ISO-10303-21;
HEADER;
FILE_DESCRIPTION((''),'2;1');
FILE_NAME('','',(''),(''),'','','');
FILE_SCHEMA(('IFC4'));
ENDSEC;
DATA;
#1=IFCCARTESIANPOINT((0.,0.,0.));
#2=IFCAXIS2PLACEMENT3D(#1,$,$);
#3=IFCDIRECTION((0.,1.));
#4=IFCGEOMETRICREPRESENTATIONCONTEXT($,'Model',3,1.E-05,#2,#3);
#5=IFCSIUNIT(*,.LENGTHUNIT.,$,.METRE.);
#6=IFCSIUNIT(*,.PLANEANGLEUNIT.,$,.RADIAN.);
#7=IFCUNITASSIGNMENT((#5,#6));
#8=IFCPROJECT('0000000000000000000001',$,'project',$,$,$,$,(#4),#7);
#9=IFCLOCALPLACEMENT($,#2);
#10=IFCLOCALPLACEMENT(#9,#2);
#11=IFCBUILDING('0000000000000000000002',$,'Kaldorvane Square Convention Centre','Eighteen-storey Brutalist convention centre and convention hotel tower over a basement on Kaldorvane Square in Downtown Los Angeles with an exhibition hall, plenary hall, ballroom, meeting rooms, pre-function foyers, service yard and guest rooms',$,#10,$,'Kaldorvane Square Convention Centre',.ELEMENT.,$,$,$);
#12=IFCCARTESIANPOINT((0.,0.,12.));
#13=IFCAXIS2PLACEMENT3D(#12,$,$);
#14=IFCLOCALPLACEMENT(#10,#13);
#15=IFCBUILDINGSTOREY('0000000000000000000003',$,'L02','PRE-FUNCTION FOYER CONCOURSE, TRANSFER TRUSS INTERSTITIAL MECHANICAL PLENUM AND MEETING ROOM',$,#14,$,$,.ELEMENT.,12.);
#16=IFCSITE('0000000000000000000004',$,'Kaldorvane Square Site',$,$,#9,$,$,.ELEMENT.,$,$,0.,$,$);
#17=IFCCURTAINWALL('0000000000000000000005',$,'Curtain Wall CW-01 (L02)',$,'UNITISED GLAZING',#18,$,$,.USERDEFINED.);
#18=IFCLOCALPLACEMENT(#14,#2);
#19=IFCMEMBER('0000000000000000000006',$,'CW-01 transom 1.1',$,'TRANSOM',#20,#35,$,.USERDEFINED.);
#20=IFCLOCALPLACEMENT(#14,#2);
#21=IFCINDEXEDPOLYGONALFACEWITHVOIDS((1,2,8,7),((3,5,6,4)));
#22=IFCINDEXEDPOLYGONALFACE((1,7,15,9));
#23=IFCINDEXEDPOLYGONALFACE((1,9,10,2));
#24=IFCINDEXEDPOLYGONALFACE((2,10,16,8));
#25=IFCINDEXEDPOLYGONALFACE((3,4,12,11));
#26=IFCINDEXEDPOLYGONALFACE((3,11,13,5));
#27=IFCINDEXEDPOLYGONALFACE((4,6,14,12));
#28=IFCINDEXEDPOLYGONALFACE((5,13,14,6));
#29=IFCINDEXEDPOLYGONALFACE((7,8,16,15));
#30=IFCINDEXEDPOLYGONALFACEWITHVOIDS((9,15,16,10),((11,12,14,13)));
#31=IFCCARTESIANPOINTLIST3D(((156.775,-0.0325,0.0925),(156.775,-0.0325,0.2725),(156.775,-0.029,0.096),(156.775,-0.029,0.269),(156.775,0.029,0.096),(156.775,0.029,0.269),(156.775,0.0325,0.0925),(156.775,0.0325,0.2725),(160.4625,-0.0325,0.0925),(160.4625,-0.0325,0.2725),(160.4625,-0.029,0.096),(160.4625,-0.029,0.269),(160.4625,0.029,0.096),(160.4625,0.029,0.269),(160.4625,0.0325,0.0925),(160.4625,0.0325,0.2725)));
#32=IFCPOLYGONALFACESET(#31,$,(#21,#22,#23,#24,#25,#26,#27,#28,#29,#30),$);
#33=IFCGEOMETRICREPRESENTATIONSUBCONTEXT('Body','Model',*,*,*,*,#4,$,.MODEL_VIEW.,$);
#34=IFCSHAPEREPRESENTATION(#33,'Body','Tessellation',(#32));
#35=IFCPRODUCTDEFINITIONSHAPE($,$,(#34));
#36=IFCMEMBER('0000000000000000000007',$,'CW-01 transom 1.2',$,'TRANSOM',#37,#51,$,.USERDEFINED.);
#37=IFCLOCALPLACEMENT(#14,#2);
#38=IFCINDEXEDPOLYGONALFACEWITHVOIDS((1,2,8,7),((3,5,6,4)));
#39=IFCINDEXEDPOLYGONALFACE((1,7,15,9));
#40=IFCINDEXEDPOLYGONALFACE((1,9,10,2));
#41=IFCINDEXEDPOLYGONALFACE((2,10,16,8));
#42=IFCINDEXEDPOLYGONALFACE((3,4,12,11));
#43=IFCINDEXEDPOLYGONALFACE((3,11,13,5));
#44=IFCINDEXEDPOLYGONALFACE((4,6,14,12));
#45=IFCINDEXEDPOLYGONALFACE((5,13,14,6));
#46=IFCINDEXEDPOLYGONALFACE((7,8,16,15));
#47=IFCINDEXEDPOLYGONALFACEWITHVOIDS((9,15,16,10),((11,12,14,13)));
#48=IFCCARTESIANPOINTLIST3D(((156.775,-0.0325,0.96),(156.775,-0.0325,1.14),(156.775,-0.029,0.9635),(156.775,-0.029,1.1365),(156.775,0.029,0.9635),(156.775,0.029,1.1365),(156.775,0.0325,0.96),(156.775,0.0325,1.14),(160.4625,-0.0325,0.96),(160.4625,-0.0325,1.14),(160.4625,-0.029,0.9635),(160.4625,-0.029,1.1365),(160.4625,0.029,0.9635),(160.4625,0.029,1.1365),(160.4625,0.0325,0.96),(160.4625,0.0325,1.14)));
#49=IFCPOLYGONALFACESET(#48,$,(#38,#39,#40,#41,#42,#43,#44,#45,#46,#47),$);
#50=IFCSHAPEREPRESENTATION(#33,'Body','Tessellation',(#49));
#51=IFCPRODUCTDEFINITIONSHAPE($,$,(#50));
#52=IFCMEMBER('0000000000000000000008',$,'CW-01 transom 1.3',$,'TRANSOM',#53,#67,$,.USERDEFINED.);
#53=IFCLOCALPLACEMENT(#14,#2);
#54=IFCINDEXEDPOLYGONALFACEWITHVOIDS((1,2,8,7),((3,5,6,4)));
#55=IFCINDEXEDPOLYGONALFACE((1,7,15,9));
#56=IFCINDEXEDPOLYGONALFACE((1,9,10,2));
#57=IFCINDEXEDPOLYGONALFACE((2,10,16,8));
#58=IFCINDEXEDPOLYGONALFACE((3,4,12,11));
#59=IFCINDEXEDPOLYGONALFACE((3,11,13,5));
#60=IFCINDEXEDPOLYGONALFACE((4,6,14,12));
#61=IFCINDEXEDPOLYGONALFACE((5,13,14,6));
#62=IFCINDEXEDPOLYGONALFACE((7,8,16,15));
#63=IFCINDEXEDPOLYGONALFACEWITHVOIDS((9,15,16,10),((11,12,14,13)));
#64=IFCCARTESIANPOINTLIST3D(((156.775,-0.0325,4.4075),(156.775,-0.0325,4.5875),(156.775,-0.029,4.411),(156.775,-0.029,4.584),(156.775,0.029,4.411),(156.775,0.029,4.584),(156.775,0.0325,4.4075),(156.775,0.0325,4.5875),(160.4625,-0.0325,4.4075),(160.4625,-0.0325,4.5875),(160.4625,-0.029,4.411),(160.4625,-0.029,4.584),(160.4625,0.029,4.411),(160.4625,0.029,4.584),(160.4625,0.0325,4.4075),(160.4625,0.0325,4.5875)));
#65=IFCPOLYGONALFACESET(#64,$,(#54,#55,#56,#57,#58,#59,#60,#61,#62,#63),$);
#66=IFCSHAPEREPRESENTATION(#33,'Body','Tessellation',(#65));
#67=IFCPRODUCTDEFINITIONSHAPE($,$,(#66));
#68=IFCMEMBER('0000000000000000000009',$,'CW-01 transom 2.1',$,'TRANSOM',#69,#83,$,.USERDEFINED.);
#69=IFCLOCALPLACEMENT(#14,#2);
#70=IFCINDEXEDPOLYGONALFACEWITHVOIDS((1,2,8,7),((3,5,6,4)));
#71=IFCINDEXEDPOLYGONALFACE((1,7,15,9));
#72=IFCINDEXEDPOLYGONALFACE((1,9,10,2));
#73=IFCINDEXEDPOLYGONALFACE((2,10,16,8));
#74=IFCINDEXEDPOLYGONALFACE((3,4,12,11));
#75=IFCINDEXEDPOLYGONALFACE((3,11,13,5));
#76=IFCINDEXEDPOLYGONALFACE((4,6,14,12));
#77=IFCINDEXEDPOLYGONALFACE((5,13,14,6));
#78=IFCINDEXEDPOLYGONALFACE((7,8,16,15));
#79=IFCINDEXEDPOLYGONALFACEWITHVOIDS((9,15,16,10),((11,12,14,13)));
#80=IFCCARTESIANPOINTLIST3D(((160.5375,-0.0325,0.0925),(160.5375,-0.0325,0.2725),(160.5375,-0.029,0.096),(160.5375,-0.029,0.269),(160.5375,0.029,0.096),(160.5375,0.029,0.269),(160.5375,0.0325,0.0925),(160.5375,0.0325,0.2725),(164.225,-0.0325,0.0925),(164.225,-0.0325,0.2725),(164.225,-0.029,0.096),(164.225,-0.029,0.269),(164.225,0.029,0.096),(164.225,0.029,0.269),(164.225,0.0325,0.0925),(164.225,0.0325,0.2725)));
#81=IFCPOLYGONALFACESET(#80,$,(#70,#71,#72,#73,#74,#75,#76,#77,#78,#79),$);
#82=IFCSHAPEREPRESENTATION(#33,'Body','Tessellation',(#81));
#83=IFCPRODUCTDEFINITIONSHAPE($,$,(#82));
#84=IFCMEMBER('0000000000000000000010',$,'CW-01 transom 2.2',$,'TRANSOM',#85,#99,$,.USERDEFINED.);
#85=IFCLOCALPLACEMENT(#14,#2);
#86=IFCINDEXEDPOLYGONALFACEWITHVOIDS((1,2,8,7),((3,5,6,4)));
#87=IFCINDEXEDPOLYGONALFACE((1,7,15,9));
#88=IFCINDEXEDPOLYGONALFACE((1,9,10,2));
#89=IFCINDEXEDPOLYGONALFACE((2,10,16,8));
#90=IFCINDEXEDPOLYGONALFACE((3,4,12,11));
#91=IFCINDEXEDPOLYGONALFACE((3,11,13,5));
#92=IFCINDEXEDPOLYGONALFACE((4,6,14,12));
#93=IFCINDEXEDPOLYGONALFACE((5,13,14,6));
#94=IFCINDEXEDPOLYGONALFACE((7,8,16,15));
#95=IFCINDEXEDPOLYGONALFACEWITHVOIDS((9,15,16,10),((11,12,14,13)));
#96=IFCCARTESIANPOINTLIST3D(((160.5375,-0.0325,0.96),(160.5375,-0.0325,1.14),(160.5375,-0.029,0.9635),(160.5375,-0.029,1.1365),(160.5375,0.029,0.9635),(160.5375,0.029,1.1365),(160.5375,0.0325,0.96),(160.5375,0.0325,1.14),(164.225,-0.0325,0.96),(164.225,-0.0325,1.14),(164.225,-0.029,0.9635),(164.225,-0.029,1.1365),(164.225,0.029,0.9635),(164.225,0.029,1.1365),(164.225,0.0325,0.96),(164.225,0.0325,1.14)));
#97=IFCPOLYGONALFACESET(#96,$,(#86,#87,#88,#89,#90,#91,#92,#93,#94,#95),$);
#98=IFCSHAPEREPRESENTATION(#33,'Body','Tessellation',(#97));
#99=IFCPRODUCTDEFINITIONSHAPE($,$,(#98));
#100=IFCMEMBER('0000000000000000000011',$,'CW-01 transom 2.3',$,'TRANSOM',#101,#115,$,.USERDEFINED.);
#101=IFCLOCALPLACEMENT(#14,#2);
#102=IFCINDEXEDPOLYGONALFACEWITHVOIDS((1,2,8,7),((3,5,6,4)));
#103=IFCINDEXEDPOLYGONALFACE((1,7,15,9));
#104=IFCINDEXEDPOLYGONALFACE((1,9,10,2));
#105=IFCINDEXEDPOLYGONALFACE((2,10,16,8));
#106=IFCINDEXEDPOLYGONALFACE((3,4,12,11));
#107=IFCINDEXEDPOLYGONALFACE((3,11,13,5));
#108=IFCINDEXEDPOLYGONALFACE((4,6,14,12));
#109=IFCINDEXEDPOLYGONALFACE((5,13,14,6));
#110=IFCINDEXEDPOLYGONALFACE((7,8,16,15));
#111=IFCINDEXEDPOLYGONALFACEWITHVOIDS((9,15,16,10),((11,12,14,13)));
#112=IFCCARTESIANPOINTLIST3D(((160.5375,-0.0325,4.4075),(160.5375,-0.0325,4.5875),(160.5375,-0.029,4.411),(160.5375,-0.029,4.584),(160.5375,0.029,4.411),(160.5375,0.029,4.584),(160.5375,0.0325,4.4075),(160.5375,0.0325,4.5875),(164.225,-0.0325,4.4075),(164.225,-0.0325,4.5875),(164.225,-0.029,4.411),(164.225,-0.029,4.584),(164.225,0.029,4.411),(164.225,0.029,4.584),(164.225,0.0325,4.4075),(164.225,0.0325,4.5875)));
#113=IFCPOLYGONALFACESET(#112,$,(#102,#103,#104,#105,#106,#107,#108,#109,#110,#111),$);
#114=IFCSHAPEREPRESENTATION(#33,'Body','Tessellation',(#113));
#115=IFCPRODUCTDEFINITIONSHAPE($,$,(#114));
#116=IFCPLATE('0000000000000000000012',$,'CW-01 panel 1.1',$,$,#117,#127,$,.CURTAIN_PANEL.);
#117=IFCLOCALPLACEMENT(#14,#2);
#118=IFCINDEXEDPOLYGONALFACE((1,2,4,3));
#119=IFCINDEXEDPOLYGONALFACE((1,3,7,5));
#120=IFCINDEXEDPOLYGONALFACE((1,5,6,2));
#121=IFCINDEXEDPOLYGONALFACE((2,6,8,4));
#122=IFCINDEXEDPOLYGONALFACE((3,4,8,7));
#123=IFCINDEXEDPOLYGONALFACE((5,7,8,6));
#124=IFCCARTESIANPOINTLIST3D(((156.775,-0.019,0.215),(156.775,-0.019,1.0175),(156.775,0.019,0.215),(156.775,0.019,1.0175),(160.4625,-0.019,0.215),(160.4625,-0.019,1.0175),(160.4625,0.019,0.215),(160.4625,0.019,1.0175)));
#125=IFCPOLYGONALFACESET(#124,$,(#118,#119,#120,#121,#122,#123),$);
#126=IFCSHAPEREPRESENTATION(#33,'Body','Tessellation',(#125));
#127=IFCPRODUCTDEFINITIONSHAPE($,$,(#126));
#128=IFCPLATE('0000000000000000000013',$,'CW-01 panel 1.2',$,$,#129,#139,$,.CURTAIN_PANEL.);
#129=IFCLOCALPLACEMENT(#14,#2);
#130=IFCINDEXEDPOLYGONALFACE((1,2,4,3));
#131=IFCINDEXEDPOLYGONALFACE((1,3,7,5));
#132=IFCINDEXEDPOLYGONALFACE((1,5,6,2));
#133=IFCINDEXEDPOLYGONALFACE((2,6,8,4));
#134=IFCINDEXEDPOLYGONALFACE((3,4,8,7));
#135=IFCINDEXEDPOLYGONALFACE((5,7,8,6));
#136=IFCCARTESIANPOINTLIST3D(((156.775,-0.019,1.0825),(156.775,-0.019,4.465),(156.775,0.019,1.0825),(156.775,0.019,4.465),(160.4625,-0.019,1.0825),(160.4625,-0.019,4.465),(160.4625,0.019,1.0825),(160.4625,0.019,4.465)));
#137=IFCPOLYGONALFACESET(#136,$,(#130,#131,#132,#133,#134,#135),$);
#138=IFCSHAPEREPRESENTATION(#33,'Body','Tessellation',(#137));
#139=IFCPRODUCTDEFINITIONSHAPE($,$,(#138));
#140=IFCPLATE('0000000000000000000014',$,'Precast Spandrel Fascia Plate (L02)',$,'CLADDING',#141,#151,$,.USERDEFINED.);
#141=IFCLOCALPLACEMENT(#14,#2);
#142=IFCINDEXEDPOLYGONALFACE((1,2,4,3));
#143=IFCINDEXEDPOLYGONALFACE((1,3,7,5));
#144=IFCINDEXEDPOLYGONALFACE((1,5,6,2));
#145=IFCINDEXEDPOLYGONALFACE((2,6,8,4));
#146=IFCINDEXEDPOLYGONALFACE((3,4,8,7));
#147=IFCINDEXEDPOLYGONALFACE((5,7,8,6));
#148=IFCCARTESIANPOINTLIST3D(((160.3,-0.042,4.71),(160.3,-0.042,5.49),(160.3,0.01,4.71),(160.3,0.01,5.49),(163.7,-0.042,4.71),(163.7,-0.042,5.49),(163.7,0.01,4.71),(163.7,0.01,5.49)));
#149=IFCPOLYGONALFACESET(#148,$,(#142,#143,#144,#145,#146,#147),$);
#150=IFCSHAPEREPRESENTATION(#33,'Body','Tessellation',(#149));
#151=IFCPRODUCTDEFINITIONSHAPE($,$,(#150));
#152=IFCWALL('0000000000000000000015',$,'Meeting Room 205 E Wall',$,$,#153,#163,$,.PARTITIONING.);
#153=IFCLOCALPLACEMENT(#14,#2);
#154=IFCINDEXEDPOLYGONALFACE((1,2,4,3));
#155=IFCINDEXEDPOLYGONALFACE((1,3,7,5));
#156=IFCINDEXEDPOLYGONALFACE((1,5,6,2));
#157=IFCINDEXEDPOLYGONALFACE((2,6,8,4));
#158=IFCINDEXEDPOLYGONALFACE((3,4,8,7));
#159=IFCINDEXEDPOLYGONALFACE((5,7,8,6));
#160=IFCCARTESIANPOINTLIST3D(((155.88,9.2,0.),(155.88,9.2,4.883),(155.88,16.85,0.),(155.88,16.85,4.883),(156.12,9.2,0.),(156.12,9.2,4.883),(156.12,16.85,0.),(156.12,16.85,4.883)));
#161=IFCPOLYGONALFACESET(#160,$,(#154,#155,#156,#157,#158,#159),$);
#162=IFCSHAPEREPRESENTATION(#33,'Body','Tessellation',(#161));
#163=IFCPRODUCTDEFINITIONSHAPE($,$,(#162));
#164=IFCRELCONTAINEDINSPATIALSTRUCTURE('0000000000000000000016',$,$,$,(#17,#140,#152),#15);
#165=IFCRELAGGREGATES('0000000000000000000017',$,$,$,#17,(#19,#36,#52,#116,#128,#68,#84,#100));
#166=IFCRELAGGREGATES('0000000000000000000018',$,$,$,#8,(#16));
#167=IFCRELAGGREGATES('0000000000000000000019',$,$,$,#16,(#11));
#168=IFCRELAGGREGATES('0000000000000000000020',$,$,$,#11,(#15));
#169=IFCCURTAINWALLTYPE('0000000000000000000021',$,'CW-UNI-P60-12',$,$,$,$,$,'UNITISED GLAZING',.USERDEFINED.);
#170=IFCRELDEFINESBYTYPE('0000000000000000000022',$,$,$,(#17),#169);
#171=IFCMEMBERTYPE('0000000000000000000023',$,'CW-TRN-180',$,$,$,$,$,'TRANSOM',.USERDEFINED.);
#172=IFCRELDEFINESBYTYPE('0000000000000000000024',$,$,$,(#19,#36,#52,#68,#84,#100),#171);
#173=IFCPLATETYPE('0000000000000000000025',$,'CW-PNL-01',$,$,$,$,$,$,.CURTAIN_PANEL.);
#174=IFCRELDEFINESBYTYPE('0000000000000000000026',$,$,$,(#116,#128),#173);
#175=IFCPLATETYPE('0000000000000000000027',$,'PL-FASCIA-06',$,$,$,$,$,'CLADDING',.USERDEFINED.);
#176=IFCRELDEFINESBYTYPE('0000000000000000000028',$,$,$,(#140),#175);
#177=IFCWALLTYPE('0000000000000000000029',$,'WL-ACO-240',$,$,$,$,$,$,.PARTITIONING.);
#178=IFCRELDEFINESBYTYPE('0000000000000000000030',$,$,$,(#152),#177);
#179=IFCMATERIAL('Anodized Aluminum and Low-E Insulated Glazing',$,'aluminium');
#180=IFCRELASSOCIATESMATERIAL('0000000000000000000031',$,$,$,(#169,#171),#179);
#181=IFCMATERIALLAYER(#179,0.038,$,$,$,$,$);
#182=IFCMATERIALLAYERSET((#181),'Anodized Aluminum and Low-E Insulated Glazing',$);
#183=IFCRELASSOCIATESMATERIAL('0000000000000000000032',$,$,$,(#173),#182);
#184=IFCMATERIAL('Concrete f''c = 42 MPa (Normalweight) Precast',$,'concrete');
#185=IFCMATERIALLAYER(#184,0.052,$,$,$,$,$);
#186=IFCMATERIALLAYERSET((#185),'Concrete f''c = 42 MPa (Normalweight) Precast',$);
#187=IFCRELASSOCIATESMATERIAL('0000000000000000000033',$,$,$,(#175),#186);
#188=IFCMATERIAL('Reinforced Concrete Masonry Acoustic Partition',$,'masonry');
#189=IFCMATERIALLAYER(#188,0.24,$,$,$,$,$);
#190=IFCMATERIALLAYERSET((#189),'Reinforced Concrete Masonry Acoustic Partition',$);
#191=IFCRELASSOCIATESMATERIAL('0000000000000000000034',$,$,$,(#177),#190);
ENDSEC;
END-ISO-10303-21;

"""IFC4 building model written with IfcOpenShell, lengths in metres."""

from ifc_helpers import new_model, si_unit, direction, frame, frame_2d, origin, origin_2d, place, context, subcontext, project, spatial, rectangle, hollow_rectangle, extrude, material, layer, layer_set, material_profile, profile_set, type_object, element, aggregate, save


model = new_model("IFC4")

# Units and contexts
model_context = context("Model", 3, precision=1e-05, world=origin(), true_north=direction((0.0, 1.0)))
body_context = subcontext(model_context, "Body", "Model", "MODEL_VIEW")
ifc_project = project(units=[si_unit("LENGTHUNIT", "METRE"), si_unit("PLANEANGLEUNIT", "RADIAN")], contexts=[model_context])

# Site, building, storey
site_placement = place(None, origin())
site = spatial("IfcSite", under=ifc_project, at=site_placement, Name="Kaldorvane Square Site", CompositionType="ELEMENT", RefElevation=0.0)
building_placement = place(site_placement, origin())
building = spatial("IfcBuilding", under=site, at=building_placement, Name="Kaldorvane Square Convention Centre", Description="Eighteen-storey Brutalist convention centre and convention hotel tower over a basement on Kaldorvane Square in Downtown Los Angeles with an exhibition hall, plenary hall, ballroom, meeting rooms, pre-function foyers, service yard and guest rooms", LongName="Kaldorvane Square Convention Centre", CompositionType="ELEMENT")
storey_placement = place(building_placement, frame((0.0, 0.0, 12.0)))
storey = spatial("IfcBuildingStorey", under=building, at=storey_placement, Name="L02", Description="PRE-FUNCTION FOYER CONCOURSE, TRANSFER TRUSS INTERSTITIAL MECHANICAL PLENUM AND MEETING ROOM", CompositionType="ELEMENT", Elevation=12.0)

# Curtain wall, members, plates
ifc_material_1 = material(Name="Anodized Aluminum and Low-E Insulated Glazing", Category="aluminium")
curtain_wall_type = type_object("IfcCurtainWallType", Name="CW-UNI-P60-12", ElementType="UNITISED GLAZING", PredefinedType="USERDEFINED", material=ifc_material_1)
curtain_wall_placement = place(storey_placement, origin())
curtain_wall = element("IfcCurtainWall", 1, at=curtain_wall_placement, inside=storey, type_object=curtain_wall_type, Name="Curtain Wall CW-01 (L02)", ObjectType="UNITISED GLAZING", PredefinedType="USERDEFINED")
ifc_material_profile_1 = material_profile(ifc_material_1, hollow_rectangle(XDim=0.065, YDim=0.18, WallThickness=0.0035, at=origin_2d()), Name="CWT-180X65")
ifc_profile_set_1 = profile_set([ifc_material_profile_1], Name="Anodized Aluminum and Low-E Insulated Glazing")
member_type_1 = type_object("IfcMemberType", Name="CW-TRN-180", ElementType="TRANSOM", PredefinedType="USERDEFINED", material=ifc_profile_set_1)
member_1_placement = place(storey_placement, frame((156.775, 0.0, 0.1825), z_axis=(1.0, 0.0, 0.0), x_axis=(0.0, 1.0, 0.0)))
member_1 = element("IfcMember", 2, at=member_1_placement, type_object=member_type_1, Name="CW-01 transom 1.1", ObjectType="TRANSOM", PredefinedType="USERDEFINED", context=body_context, shape_type="SweptSolid", body=[
    extrude(hollow_rectangle(XDim=0.065, YDim=0.18, WallThickness=0.0035, at=origin_2d()), origin(), (0.0, 0.0, 1.0), 3.6875),
])
member_2_placement = place(storey_placement, frame((156.775, 0.0, 1.05), z_axis=(1.0, 0.0, 0.0), x_axis=(0.0, 1.0, 0.0)))
member_2 = element("IfcMember", 3, at=member_2_placement, type_object=member_type_1, Name="CW-01 transom 1.2", ObjectType="TRANSOM", PredefinedType="USERDEFINED", context=body_context, shape_type="SweptSolid", body=[
    extrude(hollow_rectangle(XDim=0.065, YDim=0.18, WallThickness=0.0035, at=origin_2d()), origin(), (0.0, 0.0, 1.0), 3.6875),
])
member_3_placement = place(storey_placement, frame((156.775, 0.0, 4.4975), z_axis=(1.0, 0.0, 0.0), x_axis=(0.0, 1.0, 0.0)))
member_3 = element("IfcMember", 4, at=member_3_placement, type_object=member_type_1, Name="CW-01 transom 1.3", ObjectType="TRANSOM", PredefinedType="USERDEFINED", context=body_context, shape_type="SweptSolid", body=[
    extrude(hollow_rectangle(XDim=0.065, YDim=0.18, WallThickness=0.0035, at=origin_2d()), origin(), (0.0, 0.0, 1.0), 3.6875),
])
member_4_placement = place(storey_placement, frame((160.5375, 0.0, 0.1825), z_axis=(1.0, 0.0, 0.0), x_axis=(0.0, 1.0, 0.0)))
member_4 = element("IfcMember", 5, at=member_4_placement, type_object=member_type_1, Name="CW-01 transom 2.1", ObjectType="TRANSOM", PredefinedType="USERDEFINED", context=body_context, shape_type="SweptSolid", body=[
    extrude(hollow_rectangle(XDim=0.065, YDim=0.18, WallThickness=0.0035, at=origin_2d()), origin(), (0.0, 0.0, 1.0), 3.6875),
])
member_5_placement = place(storey_placement, frame((160.5375, 0.0, 1.05), z_axis=(1.0, 0.0, 0.0), x_axis=(0.0, 1.0, 0.0)))
member_5 = element("IfcMember", 6, at=member_5_placement, type_object=member_type_1, Name="CW-01 transom 2.2", ObjectType="TRANSOM", PredefinedType="USERDEFINED", context=body_context, shape_type="SweptSolid", body=[
    extrude(hollow_rectangle(XDim=0.065, YDim=0.18, WallThickness=0.0035, at=origin_2d()), origin(), (0.0, 0.0, 1.0), 3.6875),
])
member_6_placement = place(storey_placement, frame((160.5375, 0.0, 4.4975), z_axis=(1.0, 0.0, 0.0), x_axis=(0.0, 1.0, 0.0)))
member_6 = element("IfcMember", 7, at=member_6_placement, type_object=member_type_1, Name="CW-01 transom 2.3", ObjectType="TRANSOM", PredefinedType="USERDEFINED", context=body_context, shape_type="SweptSolid", body=[
    extrude(hollow_rectangle(XDim=0.065, YDim=0.18, WallThickness=0.0035, at=origin_2d()), origin(), (0.0, 0.0, 1.0), 3.6875),
])
ifc_layer_1 = layer(ifc_material_1, 0.038)
ifc_layer_set_1 = layer_set([ifc_layer_1], Name="Anodized Aluminum and Low-E Insulated Glazing")
plate_type_1 = type_object("IfcPlateType", Name="CW-PNL-01", PredefinedType="CURTAIN_PANEL", material=ifc_layer_set_1)
plate_1_placement = place(storey_placement, frame((158.6187, 0.0, 0.215), z_axis=(0.0, 0.0, 1.0), x_axis=(1.0, 0.0, 0.0)))
plate_1 = element("IfcPlate", 8, at=plate_1_placement, type_object=plate_type_1, Name="CW-01 panel 1.1", PredefinedType="CURTAIN_PANEL", context=body_context, shape_type="SweptSolid", body=[
    extrude(rectangle(XDim=3.6875, YDim=0.038, at=origin_2d()), origin(), (0.0, 0.0, 1.0), 0.8025),
])
plate_2_placement = place(storey_placement, frame((158.6187, 0.0, 1.0825), z_axis=(0.0, 0.0, 1.0), x_axis=(1.0, 0.0, 0.0)))
plate_2 = element("IfcPlate", 9, at=plate_2_placement, type_object=plate_type_1, Name="CW-01 panel 1.2", PredefinedType="CURTAIN_PANEL", context=body_context, shape_type="SweptSolid", body=[
    extrude(rectangle(XDim=3.6875, YDim=0.038, at=origin_2d()), origin(), (0.0, 0.0, 1.0), 3.3825),
])
aggregate(curtain_wall, [member_1, member_2, member_3, plate_1, plate_2, member_4, member_5, member_6])

# Plate
ifc_material_2 = material(Name="Concrete f'c = 42 MPa (Normalweight) Precast", Category="concrete")
ifc_layer_2 = layer(ifc_material_2, 0.052)
ifc_layer_set_2 = layer_set([ifc_layer_2], Name="Concrete f'c = 42 MPa (Normalweight) Precast")
plate_type_2 = type_object("IfcPlateType", Name="PL-FASCIA-06", ElementType="CLADDING", PredefinedType="USERDEFINED", material=ifc_layer_set_2)
plate_3_placement = place(storey_placement, frame((162.0, -0.016, 4.71), z_axis=(0.0, 0.0, 1.0), x_axis=(1.0, 0.0, 0.0)))
element("IfcPlate", 10, at=plate_3_placement, inside=storey, type_object=plate_type_2, Name="Precast Spandrel Fascia Plate (L02)", ObjectType="CLADDING", PredefinedType="USERDEFINED", context=body_context, shape_type="SweptSolid", body=[
    extrude(rectangle(XDim=3.4, YDim=0.052, at=origin_2d()), origin(), (0.0, 0.0, 1.0), 0.78),
])

# Wall
ifc_material_3 = material(Name="Reinforced Concrete Masonry Acoustic Partition", Category="masonry")
ifc_layer_3 = layer(ifc_material_3, 0.24)
ifc_layer_set_3 = layer_set([ifc_layer_3], Name="Reinforced Concrete Masonry Acoustic Partition")
wall_type_1 = type_object("IfcWallType", Name="WL-ACO-240", PredefinedType="PARTITIONING", material=ifc_layer_set_3)
wall_1_placement = place(storey_placement, frame((156.0, 9.2, 0.0), z_axis=(0.0, 0.0, 1.0), x_axis=(0.0, 1.0, 0.0)))
element("IfcWall", 11, at=wall_1_placement, inside=storey, type_object=wall_type_1, Name="Meeting Room 205 E Wall", PredefinedType="PARTITIONING", context=body_context, shape_type="SweptSolid", body=[
    extrude(rectangle(XDim=7.65, YDim=0.24, at=frame_2d((3.825, 0.0))), origin(), (0.0, 0.0, 1.0), 4.883),
])

save(model, "model.ifc")
